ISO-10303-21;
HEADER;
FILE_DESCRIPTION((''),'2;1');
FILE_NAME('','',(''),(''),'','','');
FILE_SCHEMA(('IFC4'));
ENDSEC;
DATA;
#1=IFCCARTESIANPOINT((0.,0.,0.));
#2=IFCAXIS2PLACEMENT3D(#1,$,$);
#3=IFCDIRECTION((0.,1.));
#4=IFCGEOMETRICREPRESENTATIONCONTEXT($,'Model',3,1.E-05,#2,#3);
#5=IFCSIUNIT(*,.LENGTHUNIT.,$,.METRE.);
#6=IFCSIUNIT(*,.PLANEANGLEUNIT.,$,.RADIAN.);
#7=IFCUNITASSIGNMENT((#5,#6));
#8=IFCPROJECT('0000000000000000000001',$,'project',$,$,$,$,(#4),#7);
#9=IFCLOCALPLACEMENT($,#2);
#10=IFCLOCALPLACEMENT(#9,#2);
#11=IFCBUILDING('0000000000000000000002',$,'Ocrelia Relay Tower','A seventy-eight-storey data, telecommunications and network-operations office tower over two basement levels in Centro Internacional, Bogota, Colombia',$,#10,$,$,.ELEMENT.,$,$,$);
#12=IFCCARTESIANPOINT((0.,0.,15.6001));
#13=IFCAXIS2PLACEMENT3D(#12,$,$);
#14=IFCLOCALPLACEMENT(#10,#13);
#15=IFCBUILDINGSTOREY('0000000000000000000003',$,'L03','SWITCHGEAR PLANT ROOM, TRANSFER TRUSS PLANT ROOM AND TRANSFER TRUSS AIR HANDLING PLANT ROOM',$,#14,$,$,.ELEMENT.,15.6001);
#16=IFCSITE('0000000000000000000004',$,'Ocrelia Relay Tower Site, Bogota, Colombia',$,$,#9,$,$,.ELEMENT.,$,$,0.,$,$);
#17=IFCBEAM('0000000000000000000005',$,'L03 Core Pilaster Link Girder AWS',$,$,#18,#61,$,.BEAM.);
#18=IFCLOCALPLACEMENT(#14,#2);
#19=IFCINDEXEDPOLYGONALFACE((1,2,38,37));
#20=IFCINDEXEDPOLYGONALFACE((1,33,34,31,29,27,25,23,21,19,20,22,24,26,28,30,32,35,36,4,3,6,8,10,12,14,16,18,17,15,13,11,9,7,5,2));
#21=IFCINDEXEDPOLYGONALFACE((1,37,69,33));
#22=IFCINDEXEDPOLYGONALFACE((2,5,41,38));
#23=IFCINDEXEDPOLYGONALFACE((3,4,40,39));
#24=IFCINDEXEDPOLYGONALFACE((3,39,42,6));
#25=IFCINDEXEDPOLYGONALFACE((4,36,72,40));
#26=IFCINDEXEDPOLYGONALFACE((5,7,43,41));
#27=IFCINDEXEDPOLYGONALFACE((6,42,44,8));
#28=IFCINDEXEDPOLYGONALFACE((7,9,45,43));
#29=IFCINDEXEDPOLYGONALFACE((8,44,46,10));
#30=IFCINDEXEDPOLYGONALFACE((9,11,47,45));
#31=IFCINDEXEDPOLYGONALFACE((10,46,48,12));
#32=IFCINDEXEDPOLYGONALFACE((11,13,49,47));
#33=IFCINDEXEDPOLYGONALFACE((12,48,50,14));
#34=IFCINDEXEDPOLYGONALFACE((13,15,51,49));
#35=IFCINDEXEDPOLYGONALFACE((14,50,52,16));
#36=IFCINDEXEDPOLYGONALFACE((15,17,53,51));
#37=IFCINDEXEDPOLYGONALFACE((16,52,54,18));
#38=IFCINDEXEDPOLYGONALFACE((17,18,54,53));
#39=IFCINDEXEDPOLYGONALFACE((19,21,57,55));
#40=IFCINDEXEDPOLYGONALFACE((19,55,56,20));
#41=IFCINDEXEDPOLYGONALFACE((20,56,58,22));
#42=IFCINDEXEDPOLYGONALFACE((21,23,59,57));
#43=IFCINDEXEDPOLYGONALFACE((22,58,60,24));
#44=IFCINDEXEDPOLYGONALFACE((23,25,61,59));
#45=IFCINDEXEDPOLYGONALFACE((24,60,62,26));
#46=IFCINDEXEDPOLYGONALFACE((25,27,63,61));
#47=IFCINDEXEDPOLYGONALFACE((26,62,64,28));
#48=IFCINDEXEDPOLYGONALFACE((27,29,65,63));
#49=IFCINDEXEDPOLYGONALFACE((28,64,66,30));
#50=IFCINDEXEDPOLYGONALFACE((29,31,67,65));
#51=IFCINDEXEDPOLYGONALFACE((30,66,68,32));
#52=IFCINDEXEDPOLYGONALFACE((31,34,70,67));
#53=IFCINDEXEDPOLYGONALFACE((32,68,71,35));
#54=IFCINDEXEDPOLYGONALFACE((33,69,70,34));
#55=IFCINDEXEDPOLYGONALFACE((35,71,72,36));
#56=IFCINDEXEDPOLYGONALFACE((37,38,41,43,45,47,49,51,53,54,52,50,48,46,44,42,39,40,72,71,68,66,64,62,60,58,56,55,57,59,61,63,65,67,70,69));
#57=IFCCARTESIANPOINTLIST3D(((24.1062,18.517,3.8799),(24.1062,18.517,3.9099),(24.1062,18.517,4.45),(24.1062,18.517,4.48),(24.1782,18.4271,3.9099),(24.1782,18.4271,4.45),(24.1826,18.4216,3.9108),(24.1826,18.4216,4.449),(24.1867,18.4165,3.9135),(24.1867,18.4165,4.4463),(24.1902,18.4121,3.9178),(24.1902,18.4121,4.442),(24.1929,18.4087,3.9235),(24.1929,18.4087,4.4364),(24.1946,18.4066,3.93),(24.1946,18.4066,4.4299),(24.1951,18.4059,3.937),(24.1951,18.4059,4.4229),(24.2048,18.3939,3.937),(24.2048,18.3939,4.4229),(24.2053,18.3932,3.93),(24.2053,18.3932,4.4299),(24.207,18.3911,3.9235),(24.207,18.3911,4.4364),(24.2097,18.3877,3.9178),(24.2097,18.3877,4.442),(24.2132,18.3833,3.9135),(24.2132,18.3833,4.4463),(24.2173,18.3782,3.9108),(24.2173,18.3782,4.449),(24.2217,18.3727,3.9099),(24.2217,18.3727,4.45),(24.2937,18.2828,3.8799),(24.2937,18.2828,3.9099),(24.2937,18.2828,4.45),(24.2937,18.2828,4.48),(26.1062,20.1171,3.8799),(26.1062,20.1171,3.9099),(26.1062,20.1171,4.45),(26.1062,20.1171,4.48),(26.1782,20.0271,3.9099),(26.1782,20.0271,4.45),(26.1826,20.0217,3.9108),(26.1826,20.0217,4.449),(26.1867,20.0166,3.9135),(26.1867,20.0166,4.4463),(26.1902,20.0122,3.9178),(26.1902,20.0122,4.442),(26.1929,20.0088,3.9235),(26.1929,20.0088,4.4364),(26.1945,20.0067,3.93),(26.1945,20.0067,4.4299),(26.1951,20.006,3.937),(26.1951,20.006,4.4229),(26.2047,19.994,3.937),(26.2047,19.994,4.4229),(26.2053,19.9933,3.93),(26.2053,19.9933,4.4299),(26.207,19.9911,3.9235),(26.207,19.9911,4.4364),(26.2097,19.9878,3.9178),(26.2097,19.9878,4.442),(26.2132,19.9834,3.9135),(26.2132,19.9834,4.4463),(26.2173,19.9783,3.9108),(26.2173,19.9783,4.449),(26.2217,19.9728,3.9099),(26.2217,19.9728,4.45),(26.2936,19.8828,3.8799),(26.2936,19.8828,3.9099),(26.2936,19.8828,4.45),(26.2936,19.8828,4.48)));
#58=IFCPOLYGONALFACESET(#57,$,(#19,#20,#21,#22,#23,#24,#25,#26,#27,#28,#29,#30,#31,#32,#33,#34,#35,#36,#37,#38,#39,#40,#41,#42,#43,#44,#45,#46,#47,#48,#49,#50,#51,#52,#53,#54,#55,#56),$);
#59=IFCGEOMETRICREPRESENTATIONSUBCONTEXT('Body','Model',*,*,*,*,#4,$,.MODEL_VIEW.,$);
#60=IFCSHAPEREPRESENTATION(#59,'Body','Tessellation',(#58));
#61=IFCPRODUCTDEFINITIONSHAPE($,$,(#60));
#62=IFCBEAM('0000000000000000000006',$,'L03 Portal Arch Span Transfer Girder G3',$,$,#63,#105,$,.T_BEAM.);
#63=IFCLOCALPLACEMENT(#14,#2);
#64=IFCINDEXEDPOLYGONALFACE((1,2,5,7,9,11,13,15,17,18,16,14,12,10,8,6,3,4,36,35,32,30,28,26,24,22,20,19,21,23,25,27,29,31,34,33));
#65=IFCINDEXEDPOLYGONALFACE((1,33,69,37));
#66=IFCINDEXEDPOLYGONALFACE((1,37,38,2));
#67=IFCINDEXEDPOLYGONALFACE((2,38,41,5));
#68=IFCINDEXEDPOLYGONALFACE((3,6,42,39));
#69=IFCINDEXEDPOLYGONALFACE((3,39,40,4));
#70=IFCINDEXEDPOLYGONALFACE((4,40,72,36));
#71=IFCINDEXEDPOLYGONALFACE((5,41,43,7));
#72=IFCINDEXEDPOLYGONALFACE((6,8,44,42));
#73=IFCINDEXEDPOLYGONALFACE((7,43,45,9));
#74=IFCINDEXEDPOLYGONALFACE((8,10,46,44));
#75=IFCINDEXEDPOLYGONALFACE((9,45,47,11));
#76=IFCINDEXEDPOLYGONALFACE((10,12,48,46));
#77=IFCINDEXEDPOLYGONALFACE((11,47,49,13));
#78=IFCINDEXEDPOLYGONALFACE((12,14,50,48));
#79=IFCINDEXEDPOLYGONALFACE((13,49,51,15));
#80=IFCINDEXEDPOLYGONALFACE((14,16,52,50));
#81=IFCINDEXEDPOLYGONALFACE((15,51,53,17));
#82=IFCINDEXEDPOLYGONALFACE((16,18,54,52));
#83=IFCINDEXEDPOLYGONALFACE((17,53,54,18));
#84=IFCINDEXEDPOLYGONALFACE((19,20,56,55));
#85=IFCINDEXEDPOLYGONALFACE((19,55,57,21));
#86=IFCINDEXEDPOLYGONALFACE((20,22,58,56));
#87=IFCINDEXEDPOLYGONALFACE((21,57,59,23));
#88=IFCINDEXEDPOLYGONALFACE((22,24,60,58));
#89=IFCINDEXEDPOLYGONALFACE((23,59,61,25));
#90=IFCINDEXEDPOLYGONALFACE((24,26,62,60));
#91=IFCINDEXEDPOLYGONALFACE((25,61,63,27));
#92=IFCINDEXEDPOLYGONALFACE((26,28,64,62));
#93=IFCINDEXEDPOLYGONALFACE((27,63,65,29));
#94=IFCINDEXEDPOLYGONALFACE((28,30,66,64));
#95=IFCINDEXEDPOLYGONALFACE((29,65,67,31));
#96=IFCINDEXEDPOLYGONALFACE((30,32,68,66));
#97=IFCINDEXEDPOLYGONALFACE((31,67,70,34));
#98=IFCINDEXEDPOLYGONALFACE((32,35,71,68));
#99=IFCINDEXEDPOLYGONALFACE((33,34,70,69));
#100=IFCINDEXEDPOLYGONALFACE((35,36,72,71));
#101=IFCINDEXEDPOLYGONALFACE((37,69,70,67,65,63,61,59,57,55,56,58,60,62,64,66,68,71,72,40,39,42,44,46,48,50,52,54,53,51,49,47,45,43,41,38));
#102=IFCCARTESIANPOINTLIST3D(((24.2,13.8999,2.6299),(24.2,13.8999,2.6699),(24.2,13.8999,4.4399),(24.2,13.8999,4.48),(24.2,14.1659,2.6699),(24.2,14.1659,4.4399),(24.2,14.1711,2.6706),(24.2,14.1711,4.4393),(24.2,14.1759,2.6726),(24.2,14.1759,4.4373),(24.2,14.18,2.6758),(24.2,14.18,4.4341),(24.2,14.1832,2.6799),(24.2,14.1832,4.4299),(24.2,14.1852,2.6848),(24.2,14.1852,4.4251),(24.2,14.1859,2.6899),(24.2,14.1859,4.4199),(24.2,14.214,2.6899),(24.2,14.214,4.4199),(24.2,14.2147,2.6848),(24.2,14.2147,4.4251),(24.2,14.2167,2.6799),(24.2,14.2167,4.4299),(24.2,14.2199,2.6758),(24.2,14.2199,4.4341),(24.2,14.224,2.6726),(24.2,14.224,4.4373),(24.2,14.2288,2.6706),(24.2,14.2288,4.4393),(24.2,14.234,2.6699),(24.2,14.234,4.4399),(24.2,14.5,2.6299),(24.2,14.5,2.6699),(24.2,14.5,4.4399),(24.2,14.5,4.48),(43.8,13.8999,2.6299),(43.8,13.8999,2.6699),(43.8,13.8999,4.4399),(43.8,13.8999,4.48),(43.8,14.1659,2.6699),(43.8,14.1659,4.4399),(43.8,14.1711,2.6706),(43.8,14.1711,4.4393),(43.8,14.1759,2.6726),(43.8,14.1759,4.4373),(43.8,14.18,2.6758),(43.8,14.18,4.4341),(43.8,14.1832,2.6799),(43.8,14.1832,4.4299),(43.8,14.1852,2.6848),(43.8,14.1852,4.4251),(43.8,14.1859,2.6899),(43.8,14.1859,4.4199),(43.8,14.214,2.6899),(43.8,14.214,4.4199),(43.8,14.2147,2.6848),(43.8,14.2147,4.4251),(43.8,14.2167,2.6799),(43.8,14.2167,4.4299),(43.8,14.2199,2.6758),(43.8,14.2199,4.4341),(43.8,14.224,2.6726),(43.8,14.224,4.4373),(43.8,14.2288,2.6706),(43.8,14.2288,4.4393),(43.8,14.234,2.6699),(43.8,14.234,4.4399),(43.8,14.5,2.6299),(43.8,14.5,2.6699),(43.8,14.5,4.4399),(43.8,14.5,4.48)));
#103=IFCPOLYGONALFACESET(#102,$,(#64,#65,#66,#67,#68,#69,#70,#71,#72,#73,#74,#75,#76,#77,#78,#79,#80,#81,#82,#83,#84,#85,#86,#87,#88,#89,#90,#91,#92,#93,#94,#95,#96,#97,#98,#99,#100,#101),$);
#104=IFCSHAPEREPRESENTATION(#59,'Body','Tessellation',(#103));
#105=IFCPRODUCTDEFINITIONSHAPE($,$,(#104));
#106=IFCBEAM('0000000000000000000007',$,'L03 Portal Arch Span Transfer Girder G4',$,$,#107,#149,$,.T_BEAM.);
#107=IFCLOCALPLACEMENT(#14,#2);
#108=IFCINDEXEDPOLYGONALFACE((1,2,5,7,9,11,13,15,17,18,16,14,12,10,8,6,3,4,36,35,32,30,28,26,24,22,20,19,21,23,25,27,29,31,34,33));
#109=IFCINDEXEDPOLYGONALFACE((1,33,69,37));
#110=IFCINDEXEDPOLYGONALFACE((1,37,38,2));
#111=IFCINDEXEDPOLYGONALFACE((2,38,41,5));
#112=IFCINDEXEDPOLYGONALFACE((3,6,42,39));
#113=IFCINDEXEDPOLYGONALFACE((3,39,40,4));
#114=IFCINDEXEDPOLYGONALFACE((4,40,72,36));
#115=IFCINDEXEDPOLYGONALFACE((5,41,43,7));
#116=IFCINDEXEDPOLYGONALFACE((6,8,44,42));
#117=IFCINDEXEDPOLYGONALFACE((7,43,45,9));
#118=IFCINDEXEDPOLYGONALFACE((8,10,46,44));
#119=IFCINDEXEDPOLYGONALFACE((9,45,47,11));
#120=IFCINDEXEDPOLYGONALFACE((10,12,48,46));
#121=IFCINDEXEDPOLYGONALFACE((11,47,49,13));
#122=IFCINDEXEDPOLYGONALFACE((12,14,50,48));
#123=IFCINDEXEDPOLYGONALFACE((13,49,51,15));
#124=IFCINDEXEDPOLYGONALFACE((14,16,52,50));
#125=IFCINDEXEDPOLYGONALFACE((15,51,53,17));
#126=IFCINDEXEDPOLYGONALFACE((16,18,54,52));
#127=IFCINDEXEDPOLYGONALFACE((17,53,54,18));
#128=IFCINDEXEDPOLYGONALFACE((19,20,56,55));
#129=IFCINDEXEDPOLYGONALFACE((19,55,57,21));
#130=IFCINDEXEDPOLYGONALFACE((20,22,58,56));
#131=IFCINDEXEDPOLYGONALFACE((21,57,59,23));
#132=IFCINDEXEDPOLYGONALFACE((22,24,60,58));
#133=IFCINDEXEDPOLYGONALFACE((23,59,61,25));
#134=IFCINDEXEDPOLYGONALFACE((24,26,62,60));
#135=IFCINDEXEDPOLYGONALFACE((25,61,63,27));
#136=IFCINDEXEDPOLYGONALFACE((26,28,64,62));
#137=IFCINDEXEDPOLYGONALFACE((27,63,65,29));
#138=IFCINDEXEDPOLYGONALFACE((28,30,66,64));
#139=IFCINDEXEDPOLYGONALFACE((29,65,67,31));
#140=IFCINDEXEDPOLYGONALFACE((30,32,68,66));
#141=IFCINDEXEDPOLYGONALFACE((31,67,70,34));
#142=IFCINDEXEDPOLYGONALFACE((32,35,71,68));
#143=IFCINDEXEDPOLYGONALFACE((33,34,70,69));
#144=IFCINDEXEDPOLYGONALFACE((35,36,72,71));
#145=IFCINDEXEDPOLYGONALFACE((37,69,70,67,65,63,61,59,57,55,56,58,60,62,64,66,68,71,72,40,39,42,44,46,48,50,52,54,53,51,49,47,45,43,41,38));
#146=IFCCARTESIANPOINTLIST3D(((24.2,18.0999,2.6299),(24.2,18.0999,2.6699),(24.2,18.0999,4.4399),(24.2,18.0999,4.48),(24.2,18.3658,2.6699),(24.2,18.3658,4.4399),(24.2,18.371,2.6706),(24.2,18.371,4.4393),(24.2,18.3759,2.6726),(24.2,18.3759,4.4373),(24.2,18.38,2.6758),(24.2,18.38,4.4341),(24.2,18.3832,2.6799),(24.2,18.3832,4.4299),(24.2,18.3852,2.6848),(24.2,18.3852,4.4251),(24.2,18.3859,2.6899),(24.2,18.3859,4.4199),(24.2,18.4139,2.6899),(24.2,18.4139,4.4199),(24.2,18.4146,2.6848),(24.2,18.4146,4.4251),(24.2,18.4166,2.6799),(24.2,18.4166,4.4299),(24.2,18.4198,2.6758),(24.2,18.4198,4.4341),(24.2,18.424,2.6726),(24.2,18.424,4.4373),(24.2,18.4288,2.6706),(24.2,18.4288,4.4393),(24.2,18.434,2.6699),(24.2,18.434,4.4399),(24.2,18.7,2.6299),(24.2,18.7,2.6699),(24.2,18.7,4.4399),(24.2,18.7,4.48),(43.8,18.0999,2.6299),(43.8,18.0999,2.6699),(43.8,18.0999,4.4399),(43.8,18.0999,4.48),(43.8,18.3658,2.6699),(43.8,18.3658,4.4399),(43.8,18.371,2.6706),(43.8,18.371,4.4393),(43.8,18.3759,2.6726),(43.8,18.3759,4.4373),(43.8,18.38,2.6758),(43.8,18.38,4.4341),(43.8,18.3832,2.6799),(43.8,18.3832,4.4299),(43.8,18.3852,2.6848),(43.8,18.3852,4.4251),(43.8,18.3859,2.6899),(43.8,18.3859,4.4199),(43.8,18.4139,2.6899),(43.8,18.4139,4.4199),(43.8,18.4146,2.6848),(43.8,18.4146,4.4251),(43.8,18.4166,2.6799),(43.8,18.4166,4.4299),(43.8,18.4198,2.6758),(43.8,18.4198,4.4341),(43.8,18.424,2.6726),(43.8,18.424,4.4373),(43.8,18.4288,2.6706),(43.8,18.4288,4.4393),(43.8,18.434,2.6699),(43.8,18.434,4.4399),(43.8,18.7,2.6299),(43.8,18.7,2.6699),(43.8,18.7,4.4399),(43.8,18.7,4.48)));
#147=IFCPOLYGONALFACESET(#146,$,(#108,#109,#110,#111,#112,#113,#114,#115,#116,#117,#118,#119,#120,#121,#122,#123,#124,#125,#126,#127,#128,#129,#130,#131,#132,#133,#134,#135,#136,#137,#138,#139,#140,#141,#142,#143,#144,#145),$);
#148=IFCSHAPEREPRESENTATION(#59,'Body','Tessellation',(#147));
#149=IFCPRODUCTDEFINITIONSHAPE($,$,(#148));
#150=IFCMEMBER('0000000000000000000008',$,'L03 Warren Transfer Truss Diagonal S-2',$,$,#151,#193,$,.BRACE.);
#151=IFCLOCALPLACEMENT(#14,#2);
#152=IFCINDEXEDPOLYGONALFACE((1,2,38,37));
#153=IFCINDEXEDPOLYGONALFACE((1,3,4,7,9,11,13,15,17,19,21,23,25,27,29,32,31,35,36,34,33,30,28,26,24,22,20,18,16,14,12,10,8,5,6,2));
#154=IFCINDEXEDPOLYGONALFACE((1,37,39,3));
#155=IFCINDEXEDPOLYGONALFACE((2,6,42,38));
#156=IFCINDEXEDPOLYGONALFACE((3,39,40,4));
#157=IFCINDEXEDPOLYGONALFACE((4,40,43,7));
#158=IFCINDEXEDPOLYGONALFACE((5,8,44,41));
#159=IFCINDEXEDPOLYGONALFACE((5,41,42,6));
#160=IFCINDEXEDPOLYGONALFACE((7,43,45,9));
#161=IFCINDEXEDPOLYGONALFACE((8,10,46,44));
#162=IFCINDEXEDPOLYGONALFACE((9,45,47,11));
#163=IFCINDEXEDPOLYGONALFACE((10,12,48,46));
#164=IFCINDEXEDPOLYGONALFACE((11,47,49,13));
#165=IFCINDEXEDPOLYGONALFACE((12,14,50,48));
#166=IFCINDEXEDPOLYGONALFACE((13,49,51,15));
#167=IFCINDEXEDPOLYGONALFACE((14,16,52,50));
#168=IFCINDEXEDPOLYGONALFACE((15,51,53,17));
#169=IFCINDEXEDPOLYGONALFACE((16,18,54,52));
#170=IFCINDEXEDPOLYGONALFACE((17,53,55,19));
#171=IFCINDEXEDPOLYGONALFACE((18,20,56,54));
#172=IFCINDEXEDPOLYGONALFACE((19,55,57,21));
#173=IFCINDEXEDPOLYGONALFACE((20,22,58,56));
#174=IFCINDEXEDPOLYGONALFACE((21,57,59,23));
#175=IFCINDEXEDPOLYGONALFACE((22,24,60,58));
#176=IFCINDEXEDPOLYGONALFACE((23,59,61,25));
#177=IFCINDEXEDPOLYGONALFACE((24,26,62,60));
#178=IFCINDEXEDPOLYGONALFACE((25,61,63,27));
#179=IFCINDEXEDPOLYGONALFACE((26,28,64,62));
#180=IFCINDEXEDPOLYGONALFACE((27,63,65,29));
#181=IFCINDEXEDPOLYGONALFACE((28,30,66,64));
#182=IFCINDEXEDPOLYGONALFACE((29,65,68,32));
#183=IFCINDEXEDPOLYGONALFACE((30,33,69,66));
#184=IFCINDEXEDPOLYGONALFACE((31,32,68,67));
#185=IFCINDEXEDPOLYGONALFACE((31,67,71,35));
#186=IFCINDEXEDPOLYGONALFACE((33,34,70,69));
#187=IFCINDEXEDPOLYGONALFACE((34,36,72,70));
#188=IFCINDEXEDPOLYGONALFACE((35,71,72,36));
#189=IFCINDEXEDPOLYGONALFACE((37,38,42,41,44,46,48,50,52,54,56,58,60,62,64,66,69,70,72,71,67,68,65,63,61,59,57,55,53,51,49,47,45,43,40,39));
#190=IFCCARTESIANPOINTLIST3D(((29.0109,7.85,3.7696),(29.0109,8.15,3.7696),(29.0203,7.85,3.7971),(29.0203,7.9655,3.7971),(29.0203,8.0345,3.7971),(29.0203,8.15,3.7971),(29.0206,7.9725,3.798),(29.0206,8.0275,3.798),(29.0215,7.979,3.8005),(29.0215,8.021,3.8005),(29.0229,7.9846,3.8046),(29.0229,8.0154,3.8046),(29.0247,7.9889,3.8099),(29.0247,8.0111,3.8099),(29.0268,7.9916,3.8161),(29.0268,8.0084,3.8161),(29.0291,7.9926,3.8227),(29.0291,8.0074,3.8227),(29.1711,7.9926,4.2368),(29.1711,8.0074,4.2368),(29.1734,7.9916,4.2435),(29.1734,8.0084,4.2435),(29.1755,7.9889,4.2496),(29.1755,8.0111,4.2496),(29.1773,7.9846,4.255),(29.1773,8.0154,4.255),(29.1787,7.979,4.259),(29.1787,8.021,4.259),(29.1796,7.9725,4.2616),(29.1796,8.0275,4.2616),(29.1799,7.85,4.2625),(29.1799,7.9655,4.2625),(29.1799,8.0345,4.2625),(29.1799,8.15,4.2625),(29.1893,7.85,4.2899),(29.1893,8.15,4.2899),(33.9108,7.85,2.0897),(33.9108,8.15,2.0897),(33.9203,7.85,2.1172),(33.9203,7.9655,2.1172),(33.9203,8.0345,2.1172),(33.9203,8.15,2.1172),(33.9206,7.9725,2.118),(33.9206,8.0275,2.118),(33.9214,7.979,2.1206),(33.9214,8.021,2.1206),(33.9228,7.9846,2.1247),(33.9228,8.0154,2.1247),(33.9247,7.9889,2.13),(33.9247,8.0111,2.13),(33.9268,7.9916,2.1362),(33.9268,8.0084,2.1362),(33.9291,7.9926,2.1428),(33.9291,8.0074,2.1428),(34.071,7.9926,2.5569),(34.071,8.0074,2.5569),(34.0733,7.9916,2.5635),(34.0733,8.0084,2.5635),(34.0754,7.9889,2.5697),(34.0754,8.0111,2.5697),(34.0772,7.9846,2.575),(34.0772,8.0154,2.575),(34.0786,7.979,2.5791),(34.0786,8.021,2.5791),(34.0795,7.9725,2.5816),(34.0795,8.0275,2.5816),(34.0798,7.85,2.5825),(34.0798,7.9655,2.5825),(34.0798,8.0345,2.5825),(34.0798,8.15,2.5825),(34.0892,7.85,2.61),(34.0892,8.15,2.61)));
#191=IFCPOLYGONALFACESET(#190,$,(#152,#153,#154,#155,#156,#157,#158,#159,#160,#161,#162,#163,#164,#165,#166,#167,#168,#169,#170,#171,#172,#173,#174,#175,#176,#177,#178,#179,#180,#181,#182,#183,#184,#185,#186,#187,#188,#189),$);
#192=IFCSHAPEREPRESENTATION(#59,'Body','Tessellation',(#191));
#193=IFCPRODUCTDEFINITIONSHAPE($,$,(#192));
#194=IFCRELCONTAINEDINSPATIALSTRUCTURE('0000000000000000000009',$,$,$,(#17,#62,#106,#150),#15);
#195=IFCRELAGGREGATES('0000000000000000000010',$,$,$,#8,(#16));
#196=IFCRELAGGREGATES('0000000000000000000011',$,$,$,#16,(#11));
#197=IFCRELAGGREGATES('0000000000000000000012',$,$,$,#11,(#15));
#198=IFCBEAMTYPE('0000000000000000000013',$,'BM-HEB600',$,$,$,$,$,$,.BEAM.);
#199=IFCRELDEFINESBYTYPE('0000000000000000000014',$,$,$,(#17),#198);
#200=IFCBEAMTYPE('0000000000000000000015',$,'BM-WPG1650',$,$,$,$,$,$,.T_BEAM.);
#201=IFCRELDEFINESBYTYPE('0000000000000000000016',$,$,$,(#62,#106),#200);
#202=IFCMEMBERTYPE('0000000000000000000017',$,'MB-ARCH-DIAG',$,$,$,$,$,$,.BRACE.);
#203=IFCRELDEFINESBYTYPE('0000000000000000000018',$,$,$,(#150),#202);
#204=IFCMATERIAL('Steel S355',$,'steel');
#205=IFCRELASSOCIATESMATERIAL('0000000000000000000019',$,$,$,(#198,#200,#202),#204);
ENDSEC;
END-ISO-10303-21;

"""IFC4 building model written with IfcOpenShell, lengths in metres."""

from ifc_helpers import new_model, si_unit, direction, frame, origin, origin_2d, place, context, subcontext, project, spatial, i_section, extrude, material, material_profile, profile_set, type_object, element, save


model = new_model("IFC4")

# Units and contexts
model_context = context("Model", 3, precision=1e-05, world=origin(), true_north=direction((0.0, 1.0)))
body_context = subcontext(model_context, "Body", "Model", "MODEL_VIEW")
ifc_project = project(units=[si_unit("LENGTHUNIT", "METRE"), si_unit("PLANEANGLEUNIT", "RADIAN")], contexts=[model_context])

# Site, building, storey
site_placement = place(None, origin())
site = spatial("IfcSite", under=ifc_project, at=site_placement, Name="Ocrelia Relay Tower Site, Bogota, Colombia", CompositionType="ELEMENT", RefElevation=0.0)
building_placement = place(site_placement, origin())
building = spatial("IfcBuilding", under=site, at=building_placement, Name="Ocrelia Relay Tower", Description="A seventy-eight-storey data, telecommunications and network-operations office tower over two basement levels in Centro Internacional, Bogota, Colombia", CompositionType="ELEMENT")
storey_placement = place(building_placement, frame((0.0, 0.0, 15.6001)))
storey = spatial("IfcBuildingStorey", under=building, at=storey_placement, Name="L03", Description="SWITCHGEAR PLANT ROOM, TRANSFER TRUSS PLANT ROOM AND TRANSFER TRUSS AIR HANDLING PLANT ROOM", CompositionType="ELEMENT", Elevation=15.6001)

# Beams
ifc_material_1 = material(Name="Steel S355", Category="steel")
ifc_material_profile_1 = material_profile(ifc_material_1, i_section(OverallWidth=0.3, OverallDepth=0.6001, WebThickness=0.0154, FlangeThickness=0.03, FilletRadius=0.0271, at=origin_2d()), Name="HEB 600")
ifc_profile_set_1 = profile_set([ifc_material_profile_1], Name="Steel S355")
beam_type_1 = type_object("IfcBeamType", Name="BM-HEB600", PredefinedType="BEAM", material=ifc_profile_set_1)
beam_1_placement = place(storey_placement, frame((24.2, 18.3999, 4.1799), z_axis=(0.78085, 0.624718, 0.0), x_axis=(-0.624718, 0.78085, 0.0)))
element("IfcBeam", 1, at=beam_1_placement, inside=storey, type_object=beam_type_1, Name="L03 Core Pilaster Link Girder AWS", PredefinedType="BEAM", context=body_context, shape_type="SweptSolid", body=[
    extrude(i_section(OverallWidth=0.3, OverallDepth=0.6001, WebThickness=0.0154, FlangeThickness=0.03, FilletRadius=0.0271, at=origin_2d()), origin(), (0.0, 0.0, 1.0), 2.5613),
])
ifc_material_profile_2 = material_profile(ifc_material_1, i_section(OverallWidth=0.6001, OverallDepth=1.8501, WebThickness=0.0281, FlangeThickness=0.04, FilletRadius=0.02, at=origin_2d()), Name="WPG 1850x600")
ifc_profile_set_2 = profile_set([ifc_material_profile_2], Name="Steel S355")
beam_type_2 = type_object("IfcBeamType", Name="BM-WPG1650", PredefinedType="T_BEAM", material=ifc_profile_set_2)
for number, where, z_axis, x_axis, name in (
    (2, (24.2, 14.2, 3.5549), (1.0, 0.0, 0.0), (0.0, 1.0, 0.0), "L03 Portal Arch Span Transfer Girder G3"),
    (3, (24.2, 18.3999, 3.5549), (1.0, 0.0, 0.0), (0.0, 1.0, 0.0), "L03 Portal Arch Span Transfer Girder G4"),
):
    element("IfcBeam", number, at=place(storey_placement, frame(where, z_axis=z_axis, x_axis=x_axis)), inside=storey, type_object=beam_type_2, Name=name, PredefinedType="T_BEAM", context=body_context, shape_type="SweptSolid", body=[
        extrude(i_section(OverallWidth=0.6001, OverallDepth=1.8501, WebThickness=0.0281, FlangeThickness=0.04, FilletRadius=0.02, at=origin_2d()), origin(), (0.0, 0.0, 1.0), 19.6001),
    ])

# Member
ifc_material_profile_3 = material_profile(ifc_material_1, i_section(OverallWidth=0.3, OverallDepth=0.55, WebThickness=0.0149, FlangeThickness=0.0291, FilletRadius=0.0271, at=origin_2d()), Name="HEB 550")
ifc_profile_set_3 = profile_set([ifc_material_profile_3], Name="Steel S355")
member_type_1 = type_object("IfcMemberType", Name="MB-ARCH-DIAG", PredefinedType="BRACE", material=ifc_profile_set_3)
member_1_placement = place(storey_placement, frame((29.1001, 8.0, 4.0298), z_axis=(0.945948, 0.0, -0.324318), x_axis=(0.0, 1.0, 0.0)))
element("IfcMember", 4, at=member_1_placement, inside=storey, type_object=member_type_1, Name="L03 Warren Transfer Truss Diagonal S-2", PredefinedType="BRACE", context=body_context, shape_type="SweptSolid", body=[
    extrude(i_section(OverallWidth=0.3, OverallDepth=0.55, WebThickness=0.0149, FlangeThickness=0.0291, FilletRadius=0.0271, at=origin_2d()), origin(), (0.0, 0.0, 1.0), 5.1799),
])

save(model, "model.ifc")
